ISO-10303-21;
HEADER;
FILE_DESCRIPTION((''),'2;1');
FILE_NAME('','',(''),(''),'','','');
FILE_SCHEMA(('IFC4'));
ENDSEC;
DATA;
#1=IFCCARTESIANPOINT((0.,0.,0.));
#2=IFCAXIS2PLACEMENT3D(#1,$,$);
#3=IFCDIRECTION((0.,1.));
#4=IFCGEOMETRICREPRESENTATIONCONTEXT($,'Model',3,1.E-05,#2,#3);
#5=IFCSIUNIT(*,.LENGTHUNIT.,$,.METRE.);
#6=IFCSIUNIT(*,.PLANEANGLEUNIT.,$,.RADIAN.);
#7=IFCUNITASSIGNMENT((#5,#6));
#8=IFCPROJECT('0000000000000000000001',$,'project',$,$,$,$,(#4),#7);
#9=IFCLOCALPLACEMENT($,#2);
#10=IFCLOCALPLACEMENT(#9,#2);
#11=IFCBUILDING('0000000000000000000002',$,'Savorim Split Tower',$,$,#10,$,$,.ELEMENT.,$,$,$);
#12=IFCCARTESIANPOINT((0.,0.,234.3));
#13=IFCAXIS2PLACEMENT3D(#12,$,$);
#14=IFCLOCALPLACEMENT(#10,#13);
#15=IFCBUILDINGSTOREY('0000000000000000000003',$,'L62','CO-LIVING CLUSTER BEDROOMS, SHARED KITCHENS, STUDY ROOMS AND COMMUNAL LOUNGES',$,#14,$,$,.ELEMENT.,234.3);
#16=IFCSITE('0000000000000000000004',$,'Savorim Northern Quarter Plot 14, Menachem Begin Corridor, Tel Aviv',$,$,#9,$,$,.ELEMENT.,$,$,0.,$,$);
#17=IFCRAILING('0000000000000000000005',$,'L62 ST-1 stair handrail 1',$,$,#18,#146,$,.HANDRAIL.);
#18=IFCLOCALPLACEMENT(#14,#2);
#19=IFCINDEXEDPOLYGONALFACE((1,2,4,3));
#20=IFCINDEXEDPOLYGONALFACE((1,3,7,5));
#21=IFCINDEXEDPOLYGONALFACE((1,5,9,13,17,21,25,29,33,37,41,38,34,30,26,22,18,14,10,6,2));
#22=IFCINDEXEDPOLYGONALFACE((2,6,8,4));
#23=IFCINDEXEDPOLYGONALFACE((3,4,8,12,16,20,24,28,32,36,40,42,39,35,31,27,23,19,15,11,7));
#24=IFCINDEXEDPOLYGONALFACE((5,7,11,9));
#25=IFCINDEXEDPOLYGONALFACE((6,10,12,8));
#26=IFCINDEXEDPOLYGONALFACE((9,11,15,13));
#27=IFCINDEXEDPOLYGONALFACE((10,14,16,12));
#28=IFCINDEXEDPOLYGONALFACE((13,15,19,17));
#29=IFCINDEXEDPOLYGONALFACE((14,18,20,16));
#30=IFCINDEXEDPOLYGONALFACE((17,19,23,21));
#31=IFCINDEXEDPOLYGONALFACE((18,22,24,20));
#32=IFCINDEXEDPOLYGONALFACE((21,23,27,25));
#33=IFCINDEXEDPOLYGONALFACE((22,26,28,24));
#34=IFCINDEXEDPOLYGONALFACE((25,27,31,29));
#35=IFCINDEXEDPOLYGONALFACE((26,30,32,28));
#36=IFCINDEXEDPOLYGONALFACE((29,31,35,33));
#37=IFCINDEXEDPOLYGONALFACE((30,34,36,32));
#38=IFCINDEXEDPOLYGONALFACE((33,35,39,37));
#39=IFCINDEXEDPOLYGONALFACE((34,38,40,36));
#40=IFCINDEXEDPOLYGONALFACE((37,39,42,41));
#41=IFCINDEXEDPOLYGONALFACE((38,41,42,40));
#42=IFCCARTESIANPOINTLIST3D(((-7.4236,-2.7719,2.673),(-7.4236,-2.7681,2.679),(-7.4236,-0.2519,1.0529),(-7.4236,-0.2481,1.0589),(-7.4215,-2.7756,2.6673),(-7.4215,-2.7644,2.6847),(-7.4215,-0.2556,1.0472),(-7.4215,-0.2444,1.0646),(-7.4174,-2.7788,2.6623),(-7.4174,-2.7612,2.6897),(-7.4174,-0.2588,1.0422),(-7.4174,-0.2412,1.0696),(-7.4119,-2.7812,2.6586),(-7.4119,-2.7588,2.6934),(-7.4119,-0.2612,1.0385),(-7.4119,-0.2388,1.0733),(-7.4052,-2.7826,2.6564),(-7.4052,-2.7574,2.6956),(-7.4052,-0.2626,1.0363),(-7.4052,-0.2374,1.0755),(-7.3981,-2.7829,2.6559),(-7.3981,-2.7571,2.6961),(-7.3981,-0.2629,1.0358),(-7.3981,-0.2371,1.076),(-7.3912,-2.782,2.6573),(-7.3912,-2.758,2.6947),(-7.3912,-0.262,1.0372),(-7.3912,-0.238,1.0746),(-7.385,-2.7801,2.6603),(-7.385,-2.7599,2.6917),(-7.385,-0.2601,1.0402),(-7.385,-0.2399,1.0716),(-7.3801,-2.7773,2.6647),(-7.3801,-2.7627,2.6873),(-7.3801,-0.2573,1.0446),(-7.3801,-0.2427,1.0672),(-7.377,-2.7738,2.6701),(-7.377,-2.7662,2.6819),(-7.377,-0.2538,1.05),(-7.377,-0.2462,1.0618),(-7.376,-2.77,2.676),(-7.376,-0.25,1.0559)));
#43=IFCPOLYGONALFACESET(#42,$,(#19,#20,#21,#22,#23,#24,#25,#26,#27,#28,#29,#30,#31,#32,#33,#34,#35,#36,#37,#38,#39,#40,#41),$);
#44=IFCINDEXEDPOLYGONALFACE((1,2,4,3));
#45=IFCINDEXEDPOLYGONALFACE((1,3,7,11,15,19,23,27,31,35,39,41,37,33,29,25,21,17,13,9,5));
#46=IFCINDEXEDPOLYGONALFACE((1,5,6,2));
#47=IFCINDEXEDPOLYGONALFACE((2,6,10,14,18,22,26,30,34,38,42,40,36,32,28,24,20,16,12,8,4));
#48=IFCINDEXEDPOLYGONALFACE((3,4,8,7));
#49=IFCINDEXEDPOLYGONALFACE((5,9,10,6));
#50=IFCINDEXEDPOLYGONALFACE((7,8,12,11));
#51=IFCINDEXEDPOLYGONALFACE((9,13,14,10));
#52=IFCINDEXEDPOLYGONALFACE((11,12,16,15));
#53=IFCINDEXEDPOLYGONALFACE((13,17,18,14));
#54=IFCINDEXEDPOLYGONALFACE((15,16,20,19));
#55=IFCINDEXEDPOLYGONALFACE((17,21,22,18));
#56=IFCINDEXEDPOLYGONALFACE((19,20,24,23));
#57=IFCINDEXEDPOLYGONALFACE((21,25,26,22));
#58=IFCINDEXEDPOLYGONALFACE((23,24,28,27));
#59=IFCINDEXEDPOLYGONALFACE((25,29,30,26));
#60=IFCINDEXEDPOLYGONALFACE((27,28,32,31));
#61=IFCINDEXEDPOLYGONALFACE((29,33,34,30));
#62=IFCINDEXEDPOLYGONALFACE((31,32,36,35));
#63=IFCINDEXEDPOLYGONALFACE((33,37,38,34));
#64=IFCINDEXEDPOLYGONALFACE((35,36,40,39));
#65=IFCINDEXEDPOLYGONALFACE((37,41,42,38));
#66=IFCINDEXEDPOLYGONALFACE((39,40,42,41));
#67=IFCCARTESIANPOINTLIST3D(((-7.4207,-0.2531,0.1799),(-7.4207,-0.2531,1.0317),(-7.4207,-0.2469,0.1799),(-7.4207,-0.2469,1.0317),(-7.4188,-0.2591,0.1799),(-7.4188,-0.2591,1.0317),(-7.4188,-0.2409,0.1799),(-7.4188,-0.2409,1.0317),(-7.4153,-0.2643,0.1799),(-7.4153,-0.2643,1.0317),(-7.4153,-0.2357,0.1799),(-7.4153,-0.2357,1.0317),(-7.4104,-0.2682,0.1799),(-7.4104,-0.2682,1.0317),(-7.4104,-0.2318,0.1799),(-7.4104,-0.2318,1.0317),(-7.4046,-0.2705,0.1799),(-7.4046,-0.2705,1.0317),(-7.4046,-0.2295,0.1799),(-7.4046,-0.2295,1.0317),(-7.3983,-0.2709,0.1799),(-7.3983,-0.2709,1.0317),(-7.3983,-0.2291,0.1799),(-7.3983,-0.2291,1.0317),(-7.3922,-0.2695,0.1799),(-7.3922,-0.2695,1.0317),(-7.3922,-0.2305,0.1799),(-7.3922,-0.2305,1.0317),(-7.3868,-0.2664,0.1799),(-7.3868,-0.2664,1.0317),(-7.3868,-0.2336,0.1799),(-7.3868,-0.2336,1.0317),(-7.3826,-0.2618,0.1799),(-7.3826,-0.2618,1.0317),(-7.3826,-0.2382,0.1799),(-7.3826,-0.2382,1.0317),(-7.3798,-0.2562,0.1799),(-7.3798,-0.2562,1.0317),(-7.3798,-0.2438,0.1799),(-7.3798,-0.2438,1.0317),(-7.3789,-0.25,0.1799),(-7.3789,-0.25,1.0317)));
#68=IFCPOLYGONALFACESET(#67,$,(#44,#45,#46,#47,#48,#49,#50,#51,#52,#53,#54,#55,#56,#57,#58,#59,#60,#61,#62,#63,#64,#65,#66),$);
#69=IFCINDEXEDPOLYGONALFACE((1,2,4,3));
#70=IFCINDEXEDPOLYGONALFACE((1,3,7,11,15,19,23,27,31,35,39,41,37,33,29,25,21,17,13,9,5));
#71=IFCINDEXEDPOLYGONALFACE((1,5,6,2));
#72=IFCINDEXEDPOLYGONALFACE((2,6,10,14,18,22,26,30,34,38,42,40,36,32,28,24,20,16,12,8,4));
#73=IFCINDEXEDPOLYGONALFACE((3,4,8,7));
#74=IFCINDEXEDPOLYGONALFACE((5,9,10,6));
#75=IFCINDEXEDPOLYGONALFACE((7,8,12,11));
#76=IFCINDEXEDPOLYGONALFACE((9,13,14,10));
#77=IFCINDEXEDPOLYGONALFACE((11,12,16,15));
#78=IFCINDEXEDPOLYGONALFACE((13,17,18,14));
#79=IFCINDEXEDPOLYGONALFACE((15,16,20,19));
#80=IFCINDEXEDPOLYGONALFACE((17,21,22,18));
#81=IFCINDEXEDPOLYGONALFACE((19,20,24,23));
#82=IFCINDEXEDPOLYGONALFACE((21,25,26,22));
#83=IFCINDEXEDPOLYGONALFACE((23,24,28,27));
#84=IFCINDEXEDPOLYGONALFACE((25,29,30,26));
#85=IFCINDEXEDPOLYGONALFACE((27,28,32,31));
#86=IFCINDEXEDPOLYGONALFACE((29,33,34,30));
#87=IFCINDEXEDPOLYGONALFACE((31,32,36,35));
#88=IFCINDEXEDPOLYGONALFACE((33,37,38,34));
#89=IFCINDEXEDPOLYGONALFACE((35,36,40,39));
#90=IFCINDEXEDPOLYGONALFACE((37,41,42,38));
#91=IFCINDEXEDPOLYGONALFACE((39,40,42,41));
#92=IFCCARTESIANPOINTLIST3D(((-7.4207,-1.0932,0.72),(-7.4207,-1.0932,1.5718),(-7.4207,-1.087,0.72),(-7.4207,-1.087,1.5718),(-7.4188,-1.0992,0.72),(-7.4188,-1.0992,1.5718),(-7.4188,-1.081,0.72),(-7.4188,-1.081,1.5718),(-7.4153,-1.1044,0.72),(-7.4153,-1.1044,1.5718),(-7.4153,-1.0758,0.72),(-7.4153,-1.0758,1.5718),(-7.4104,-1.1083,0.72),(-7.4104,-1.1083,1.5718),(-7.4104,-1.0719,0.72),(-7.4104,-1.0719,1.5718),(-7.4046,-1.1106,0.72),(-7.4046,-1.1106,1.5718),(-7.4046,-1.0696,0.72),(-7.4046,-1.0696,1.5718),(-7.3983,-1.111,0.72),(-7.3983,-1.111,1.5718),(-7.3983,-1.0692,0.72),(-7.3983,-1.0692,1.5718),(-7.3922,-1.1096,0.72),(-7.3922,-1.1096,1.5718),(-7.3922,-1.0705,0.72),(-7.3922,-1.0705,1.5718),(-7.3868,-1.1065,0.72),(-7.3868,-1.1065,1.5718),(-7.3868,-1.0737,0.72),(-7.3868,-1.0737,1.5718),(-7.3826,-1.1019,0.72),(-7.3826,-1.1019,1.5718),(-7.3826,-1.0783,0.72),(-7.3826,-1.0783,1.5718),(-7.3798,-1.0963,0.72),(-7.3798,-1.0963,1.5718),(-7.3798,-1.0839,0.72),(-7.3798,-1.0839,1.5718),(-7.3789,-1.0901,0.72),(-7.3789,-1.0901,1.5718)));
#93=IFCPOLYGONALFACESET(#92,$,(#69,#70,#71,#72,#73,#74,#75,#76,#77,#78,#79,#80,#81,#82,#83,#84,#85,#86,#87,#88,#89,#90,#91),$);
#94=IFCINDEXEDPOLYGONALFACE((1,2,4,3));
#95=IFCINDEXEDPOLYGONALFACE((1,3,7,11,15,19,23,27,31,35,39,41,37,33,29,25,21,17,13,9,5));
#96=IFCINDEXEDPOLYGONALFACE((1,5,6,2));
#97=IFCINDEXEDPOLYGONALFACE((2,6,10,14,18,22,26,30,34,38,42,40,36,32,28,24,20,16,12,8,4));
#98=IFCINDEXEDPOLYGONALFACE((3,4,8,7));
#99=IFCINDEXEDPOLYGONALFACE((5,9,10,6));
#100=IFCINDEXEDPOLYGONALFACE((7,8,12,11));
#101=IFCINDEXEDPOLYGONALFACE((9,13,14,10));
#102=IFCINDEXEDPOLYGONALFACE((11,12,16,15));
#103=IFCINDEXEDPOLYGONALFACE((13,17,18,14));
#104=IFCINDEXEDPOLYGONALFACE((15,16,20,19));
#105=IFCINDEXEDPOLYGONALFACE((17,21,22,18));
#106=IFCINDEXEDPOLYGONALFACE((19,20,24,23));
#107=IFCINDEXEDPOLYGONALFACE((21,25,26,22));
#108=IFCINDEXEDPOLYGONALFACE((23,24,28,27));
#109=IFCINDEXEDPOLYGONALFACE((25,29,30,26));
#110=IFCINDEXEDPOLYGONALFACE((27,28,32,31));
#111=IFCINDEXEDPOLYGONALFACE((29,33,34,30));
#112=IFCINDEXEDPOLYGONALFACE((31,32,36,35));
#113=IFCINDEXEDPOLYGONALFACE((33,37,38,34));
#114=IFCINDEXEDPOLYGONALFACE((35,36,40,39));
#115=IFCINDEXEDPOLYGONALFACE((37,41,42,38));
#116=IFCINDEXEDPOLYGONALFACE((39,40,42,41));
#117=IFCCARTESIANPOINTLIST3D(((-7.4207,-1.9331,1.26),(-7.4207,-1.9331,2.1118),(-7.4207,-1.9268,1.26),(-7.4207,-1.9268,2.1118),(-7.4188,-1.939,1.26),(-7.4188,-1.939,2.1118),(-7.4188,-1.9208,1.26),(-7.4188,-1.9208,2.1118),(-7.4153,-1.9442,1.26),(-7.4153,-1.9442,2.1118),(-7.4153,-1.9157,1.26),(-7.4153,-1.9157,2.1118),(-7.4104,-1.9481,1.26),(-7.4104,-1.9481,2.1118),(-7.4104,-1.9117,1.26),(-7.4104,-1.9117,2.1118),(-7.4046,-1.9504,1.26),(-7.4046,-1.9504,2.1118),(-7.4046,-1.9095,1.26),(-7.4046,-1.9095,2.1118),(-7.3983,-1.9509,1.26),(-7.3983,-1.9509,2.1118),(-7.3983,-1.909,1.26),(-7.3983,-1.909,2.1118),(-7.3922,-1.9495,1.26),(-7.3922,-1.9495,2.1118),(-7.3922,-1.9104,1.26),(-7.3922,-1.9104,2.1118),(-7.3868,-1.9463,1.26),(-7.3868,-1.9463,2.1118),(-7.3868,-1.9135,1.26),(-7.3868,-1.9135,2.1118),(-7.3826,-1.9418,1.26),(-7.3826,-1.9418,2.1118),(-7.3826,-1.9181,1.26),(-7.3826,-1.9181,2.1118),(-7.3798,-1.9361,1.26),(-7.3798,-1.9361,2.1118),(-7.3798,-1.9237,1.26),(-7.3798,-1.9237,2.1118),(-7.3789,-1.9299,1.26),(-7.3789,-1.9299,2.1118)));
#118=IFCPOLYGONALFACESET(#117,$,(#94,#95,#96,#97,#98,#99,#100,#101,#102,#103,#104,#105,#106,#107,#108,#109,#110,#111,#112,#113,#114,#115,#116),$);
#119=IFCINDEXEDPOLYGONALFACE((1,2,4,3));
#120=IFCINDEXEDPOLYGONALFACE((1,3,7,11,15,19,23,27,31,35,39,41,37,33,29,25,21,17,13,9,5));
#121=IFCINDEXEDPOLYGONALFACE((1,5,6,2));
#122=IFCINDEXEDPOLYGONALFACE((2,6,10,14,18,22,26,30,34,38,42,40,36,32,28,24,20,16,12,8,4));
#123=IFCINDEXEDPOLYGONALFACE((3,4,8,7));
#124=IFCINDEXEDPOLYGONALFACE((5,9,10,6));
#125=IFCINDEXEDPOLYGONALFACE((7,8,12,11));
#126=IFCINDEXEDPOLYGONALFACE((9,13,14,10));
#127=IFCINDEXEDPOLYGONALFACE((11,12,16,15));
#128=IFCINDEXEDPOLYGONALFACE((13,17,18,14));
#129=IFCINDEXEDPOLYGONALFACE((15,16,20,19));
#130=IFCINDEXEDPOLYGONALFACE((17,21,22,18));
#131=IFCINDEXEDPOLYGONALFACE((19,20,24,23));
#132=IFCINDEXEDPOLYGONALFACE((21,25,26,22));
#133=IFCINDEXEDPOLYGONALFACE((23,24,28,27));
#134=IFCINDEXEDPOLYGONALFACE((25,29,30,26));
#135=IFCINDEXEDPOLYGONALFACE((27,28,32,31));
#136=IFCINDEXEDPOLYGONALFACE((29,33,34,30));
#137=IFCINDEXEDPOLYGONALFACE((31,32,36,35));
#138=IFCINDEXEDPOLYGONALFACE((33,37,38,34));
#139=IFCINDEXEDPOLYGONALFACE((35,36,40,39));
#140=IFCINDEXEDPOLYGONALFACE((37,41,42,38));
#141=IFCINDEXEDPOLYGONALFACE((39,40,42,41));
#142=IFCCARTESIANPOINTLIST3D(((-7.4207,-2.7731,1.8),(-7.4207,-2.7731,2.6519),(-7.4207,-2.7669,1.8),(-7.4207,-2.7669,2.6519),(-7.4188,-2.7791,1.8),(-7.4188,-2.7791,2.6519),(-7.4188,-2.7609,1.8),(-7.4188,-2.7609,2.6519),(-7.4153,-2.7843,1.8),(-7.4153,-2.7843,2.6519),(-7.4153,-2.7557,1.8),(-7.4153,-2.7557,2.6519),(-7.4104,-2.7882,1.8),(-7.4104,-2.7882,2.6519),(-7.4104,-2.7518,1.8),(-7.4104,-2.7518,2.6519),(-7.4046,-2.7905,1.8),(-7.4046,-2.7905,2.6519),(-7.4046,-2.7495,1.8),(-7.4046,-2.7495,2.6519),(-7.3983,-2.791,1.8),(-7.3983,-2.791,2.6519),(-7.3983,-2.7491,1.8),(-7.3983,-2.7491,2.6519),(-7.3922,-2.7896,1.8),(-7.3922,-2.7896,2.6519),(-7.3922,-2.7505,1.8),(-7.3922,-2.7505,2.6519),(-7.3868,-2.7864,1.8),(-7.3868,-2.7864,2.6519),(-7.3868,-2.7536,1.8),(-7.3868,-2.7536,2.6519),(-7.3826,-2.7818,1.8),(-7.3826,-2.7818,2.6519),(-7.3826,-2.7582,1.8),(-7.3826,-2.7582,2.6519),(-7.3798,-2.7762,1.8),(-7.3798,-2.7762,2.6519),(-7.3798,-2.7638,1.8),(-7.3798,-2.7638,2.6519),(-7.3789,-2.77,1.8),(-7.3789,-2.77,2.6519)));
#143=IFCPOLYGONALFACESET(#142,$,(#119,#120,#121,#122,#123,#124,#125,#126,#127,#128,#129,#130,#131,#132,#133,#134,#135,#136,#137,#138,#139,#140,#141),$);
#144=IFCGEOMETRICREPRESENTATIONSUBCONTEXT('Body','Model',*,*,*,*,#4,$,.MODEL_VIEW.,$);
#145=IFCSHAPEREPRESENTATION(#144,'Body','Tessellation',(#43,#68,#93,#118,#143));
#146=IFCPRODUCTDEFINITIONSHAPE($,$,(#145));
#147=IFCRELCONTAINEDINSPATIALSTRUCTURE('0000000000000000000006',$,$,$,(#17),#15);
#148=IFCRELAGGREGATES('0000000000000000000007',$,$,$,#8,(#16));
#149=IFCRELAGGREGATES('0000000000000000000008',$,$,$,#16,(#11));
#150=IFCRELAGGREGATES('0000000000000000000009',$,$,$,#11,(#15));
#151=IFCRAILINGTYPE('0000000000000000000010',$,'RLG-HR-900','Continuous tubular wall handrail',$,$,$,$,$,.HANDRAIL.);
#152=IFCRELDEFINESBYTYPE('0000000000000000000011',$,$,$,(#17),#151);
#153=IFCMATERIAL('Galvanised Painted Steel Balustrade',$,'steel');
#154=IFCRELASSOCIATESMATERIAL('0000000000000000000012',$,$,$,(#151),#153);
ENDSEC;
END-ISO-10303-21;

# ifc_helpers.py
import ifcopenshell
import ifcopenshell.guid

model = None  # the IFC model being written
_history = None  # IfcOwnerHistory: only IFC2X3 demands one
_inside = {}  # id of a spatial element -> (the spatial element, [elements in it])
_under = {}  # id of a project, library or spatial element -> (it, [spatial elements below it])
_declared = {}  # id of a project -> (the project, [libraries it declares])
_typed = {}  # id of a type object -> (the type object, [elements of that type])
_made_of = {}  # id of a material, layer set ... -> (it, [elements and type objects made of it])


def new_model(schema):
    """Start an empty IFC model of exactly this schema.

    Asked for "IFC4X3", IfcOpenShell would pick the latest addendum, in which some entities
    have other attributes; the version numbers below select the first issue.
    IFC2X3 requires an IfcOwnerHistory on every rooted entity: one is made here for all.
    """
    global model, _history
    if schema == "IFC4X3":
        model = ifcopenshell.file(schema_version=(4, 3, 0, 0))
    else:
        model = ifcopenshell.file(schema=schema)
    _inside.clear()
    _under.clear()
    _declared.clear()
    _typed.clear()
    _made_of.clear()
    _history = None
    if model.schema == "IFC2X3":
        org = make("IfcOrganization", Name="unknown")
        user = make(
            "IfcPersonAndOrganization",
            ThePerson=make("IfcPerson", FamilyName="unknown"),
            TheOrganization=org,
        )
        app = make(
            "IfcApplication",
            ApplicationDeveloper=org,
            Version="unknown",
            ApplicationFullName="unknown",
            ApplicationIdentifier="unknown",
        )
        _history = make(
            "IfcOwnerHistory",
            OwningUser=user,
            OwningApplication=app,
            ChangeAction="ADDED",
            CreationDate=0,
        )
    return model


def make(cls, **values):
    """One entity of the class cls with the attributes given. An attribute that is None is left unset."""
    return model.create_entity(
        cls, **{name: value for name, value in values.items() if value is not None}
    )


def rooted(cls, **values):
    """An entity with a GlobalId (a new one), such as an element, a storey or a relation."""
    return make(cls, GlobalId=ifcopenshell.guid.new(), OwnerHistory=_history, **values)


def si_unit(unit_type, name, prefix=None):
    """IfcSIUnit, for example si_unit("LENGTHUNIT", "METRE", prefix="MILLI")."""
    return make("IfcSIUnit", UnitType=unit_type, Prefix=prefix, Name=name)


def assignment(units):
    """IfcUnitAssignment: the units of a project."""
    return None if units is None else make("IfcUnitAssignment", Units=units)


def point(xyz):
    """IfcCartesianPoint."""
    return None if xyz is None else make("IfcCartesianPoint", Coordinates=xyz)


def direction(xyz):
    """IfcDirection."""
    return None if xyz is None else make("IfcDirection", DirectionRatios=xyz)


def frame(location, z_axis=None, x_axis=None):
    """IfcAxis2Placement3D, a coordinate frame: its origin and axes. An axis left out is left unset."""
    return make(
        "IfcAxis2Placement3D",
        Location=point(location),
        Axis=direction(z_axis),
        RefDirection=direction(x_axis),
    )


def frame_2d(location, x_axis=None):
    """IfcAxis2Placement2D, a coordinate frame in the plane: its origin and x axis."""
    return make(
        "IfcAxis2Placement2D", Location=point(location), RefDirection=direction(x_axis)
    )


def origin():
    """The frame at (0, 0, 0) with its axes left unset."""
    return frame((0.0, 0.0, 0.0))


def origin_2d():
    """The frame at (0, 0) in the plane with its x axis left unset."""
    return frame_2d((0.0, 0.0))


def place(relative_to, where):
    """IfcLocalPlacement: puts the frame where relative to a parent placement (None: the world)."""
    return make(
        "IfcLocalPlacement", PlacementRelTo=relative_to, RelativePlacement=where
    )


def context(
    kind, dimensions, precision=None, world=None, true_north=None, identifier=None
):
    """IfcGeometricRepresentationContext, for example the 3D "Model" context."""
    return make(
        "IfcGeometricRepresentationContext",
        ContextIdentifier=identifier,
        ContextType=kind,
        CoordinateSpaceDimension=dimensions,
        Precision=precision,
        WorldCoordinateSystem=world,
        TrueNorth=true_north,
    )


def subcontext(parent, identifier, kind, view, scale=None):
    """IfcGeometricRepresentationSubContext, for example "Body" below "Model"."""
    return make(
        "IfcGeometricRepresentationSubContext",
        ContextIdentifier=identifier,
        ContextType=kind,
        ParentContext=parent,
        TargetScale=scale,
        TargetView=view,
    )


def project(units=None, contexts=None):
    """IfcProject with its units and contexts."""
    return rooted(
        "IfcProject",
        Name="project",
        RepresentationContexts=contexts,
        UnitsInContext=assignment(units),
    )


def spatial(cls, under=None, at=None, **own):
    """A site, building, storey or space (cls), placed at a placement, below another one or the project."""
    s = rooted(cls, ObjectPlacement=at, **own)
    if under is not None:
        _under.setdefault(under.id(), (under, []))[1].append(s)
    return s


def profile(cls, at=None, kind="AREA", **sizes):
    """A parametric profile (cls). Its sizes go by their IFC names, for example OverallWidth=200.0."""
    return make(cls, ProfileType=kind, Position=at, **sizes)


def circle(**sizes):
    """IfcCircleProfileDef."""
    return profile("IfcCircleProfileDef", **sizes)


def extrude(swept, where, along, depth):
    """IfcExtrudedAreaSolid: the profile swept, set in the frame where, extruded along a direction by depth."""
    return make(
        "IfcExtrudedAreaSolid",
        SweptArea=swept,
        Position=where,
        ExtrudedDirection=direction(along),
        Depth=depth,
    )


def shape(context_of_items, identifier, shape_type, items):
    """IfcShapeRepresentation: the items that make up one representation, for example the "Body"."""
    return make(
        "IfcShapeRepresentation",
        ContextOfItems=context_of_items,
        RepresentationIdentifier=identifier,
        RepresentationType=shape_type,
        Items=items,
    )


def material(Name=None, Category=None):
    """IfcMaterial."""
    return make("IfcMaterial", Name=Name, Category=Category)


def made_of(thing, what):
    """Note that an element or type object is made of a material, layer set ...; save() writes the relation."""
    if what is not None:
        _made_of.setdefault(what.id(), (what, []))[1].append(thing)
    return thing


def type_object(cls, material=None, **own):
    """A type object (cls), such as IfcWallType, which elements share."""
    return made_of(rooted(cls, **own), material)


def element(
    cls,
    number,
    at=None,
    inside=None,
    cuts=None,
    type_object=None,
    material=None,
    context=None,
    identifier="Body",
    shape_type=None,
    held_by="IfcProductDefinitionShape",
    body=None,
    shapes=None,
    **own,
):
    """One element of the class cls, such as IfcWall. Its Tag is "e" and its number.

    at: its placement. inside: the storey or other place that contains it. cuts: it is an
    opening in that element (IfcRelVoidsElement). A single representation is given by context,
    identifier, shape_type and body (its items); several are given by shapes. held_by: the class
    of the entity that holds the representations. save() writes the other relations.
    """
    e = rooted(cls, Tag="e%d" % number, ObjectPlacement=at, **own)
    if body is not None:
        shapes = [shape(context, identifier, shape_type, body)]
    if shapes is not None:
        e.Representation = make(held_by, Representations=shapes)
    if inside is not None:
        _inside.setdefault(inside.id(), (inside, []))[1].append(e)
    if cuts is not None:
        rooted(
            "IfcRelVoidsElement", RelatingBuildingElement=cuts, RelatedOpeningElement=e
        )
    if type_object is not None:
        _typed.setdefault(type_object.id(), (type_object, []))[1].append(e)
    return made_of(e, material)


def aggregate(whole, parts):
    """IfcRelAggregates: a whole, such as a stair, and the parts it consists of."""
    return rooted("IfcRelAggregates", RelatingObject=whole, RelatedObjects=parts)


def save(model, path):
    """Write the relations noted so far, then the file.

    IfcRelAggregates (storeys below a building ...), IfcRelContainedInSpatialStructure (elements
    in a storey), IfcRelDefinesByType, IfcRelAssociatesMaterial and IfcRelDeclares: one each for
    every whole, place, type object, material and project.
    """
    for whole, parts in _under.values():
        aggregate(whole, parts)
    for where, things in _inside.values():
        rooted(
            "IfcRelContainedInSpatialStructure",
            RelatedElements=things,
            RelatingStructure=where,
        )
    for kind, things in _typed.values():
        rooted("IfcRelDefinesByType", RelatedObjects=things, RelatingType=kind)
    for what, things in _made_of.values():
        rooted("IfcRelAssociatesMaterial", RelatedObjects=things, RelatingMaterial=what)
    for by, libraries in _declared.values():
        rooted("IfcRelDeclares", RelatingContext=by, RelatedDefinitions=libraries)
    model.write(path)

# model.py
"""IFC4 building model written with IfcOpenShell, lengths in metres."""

from ifc_helpers import new_model, si_unit, direction, frame, origin, origin_2d, place, context, subcontext, project, spatial, circle, extrude, material, type_object, element, save


model = new_model("IFC4")

# Units and contexts
model_context = context("Model", 3, precision=1e-05, world=origin(), true_north=direction((0.0, 1.0)))
body_context = subcontext(model_context, "Body", "Model", "MODEL_VIEW")
ifc_project = project(units=[si_unit("LENGTHUNIT", "METRE"), si_unit("PLANEANGLEUNIT", "RADIAN")], contexts=[model_context])

# Site, building, storey
site_placement = place(None, origin())
site = spatial("IfcSite", under=ifc_project, at=site_placement, Name="Savorim Northern Quarter Plot 14, Menachem Begin Corridor, Tel Aviv", CompositionType="ELEMENT", RefElevation=0.0)
building_placement = place(site_placement, origin())
building = spatial("IfcBuilding", under=site, at=building_placement, Name="Savorim Split Tower", CompositionType="ELEMENT")
storey_placement = place(building_placement, frame((0.0, 0.0, 234.3)))
storey = spatial("IfcBuildingStorey", under=building, at=storey_placement, Name="L62", Description="CO-LIVING CLUSTER BEDROOMS, SHARED KITCHENS, STUDY ROOMS AND COMMUNAL LOUNGES", CompositionType="ELEMENT", Elevation=234.3)

# Railing
ifc_material_1 = material(Name="Galvanised Painted Steel Balustrade", Category="steel")
railing_type_1 = type_object("IfcRailingType", Name="RLG-HR-900", Description="Continuous tubular wall handrail", PredefinedType="HANDRAIL", material=ifc_material_1)
railing_1_placement = place(storey_placement, frame((-7.3999, -0.25, 0.1799)))
element("IfcRailing", 1, at=railing_1_placement, inside=storey, type_object=railing_type_1, Name="L62 ST-1 stair handrail 1", PredefinedType="HANDRAIL", context=body_context, shape_type="SweptSolid", body=[
    extrude(circle(Radius=0.0239, at=origin_2d()), frame((0.0, 0.0, 0.876), z_axis=(0.0, -0.841163, 0.540782), x_axis=(1.0, 0.0, 0.0)), (0.0, 0.0, 1.0), 2.9958),
    extrude(circle(Radius=0.021, at=origin_2d()), origin(), (0.0, 0.0, 1.0), 0.8518),
    extrude(circle(Radius=0.021, at=origin_2d()), frame((0.0, -0.8401, 0.54)), (0.0, 0.0, 1.0), 0.8518),
    extrude(circle(Radius=0.021, at=origin_2d()), frame((0.0, -1.6799, 1.0801)), (0.0, 0.0, 1.0), 0.8518),
    extrude(circle(Radius=0.021, at=origin_2d()), frame((0.0, -2.52, 1.6201)), (0.0, 0.0, 1.0), 0.8518),
])

save(model, "model.ifc")
